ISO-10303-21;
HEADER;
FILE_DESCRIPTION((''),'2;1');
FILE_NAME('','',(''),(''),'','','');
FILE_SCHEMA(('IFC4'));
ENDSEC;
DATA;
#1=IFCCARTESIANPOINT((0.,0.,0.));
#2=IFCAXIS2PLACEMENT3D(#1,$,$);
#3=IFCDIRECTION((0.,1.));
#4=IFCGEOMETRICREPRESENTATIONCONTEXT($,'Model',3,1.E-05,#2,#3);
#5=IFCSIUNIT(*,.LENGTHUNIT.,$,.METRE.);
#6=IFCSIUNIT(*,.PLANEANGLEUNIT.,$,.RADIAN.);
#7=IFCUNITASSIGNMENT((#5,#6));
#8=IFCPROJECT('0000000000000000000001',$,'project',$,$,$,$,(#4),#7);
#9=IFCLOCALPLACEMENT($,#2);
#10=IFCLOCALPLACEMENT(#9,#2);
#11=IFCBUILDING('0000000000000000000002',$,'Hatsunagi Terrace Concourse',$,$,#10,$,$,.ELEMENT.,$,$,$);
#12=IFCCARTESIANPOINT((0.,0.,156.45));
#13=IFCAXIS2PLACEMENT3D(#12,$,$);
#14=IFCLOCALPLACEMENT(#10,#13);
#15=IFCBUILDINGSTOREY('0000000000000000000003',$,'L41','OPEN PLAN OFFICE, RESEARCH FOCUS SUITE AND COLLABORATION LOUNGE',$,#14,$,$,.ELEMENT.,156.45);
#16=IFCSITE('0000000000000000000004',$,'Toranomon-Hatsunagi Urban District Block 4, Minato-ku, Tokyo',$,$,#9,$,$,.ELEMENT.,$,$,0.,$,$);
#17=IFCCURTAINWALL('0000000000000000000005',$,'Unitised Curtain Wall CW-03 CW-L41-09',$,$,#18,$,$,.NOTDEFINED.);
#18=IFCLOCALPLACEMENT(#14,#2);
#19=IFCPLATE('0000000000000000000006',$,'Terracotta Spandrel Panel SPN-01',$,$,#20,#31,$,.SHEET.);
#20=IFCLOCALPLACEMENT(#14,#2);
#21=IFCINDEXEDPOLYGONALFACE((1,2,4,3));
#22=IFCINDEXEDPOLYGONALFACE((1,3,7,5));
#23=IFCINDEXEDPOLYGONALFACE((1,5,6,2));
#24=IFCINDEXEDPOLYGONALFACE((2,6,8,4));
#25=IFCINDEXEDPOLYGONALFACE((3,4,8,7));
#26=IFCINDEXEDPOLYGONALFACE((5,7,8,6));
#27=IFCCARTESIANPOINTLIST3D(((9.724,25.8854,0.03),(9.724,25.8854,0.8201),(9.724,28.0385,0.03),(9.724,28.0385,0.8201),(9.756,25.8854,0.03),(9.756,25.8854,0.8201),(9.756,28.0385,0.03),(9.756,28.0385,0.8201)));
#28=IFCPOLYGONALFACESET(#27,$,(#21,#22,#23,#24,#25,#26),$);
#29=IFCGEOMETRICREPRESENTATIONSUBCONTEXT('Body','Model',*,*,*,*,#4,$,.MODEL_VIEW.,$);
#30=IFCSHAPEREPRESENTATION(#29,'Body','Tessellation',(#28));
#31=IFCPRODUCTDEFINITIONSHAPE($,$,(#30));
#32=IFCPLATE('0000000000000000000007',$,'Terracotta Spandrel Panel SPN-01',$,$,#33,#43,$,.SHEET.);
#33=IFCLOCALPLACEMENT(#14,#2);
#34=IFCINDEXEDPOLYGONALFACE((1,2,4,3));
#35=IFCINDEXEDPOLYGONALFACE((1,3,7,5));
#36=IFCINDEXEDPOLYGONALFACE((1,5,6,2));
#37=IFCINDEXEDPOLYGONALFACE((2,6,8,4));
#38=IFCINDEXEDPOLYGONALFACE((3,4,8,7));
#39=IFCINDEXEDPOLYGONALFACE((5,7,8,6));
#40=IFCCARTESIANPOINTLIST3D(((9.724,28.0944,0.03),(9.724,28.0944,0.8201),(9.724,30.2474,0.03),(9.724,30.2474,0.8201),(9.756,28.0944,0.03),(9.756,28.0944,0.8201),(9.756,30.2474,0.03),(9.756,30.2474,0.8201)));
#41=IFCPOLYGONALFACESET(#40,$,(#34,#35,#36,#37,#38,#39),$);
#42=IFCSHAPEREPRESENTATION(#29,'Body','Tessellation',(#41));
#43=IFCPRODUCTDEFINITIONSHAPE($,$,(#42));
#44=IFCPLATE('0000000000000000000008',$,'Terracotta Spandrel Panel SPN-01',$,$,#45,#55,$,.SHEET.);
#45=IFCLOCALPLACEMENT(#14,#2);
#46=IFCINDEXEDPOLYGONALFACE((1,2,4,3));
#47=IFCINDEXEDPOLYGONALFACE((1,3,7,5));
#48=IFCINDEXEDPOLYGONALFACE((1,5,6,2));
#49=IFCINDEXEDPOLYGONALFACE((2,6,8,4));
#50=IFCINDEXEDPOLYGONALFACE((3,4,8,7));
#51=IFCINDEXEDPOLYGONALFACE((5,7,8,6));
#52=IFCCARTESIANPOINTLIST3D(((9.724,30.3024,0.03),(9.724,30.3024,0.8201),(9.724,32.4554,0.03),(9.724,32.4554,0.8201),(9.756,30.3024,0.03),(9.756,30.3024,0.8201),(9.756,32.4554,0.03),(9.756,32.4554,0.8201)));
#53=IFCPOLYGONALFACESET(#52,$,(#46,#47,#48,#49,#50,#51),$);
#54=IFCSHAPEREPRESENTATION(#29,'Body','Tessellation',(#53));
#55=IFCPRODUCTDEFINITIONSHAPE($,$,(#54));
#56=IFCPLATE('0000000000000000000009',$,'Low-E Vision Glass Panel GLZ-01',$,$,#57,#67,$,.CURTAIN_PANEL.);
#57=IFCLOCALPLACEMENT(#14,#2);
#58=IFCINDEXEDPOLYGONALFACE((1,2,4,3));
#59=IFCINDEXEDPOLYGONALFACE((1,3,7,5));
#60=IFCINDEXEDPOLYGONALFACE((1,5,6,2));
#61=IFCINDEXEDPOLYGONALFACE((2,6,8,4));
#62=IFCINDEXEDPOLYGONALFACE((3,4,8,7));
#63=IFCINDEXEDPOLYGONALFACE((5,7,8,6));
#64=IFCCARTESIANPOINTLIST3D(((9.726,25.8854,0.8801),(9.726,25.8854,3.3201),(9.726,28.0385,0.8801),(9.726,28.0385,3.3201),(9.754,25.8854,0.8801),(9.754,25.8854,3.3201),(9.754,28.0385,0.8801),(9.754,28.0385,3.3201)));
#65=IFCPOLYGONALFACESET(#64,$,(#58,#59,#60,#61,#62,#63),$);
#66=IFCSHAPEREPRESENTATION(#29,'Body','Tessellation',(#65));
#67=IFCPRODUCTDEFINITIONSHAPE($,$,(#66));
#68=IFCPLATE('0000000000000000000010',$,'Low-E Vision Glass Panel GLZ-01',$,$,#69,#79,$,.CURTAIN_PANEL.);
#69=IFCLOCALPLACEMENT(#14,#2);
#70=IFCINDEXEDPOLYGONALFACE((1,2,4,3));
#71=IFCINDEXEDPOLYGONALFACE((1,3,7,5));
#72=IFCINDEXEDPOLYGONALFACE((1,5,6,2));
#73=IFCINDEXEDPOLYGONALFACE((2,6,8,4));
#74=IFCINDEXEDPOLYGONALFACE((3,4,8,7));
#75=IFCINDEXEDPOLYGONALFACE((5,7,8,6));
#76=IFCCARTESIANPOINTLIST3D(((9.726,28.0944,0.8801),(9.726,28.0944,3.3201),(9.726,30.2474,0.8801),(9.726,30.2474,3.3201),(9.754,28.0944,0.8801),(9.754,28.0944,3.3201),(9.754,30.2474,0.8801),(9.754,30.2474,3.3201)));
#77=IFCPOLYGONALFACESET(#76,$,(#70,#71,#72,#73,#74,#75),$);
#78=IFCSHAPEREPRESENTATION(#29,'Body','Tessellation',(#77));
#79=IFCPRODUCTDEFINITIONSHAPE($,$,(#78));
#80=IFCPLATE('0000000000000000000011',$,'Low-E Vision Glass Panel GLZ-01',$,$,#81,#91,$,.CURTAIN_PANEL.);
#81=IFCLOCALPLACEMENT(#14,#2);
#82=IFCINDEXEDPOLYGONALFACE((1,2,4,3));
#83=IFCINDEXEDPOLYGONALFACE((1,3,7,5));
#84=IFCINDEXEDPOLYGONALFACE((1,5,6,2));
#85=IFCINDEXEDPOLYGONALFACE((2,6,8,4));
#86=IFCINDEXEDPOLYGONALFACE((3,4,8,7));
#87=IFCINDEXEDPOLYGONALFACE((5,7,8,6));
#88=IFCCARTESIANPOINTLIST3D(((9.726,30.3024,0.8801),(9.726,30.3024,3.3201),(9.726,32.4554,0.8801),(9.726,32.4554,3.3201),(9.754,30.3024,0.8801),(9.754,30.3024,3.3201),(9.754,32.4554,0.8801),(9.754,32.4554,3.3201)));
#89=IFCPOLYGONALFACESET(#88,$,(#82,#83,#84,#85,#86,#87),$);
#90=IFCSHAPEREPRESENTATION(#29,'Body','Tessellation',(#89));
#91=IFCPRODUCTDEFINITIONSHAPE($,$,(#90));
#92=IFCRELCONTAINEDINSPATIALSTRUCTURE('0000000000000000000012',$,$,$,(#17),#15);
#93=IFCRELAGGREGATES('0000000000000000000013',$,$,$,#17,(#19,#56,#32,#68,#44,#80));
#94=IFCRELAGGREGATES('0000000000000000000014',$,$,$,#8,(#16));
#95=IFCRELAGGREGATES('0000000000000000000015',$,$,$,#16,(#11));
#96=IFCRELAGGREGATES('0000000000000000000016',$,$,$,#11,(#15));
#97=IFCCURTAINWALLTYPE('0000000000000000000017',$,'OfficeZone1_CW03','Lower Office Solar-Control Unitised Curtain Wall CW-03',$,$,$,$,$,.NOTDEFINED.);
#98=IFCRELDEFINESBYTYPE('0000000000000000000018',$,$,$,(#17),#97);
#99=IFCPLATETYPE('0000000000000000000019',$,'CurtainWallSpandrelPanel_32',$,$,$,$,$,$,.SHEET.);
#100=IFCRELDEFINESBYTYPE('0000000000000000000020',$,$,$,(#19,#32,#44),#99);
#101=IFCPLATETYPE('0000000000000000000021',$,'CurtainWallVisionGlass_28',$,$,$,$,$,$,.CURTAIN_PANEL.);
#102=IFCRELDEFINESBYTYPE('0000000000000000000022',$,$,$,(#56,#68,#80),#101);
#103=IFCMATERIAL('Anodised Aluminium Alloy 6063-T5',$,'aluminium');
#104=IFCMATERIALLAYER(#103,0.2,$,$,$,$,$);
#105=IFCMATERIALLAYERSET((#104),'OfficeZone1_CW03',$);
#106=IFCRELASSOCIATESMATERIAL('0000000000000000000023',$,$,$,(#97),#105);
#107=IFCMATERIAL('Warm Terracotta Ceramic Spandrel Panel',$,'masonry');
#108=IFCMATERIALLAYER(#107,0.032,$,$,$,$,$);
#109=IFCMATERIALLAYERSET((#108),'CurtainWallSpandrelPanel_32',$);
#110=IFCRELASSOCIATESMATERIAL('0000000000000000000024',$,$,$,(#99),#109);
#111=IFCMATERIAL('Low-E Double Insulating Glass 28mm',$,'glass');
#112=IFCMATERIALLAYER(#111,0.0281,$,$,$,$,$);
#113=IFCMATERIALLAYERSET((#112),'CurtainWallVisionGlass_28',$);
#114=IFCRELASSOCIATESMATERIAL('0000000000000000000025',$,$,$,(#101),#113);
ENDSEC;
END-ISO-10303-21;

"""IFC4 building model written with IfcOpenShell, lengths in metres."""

from ifc_helpers import new_model, si_unit, direction, frame, origin, origin_2d, place, context, subcontext, project, spatial, rectangle, extrude, material, layer, layer_set, type_object, element, aggregate, save


model = new_model("IFC4")

# Units and contexts
model_context = context("Model", 3, precision=1e-05, world=origin(), true_north=direction((0.0, 1.0)))
body_context = subcontext(model_context, "Body", "Model", "MODEL_VIEW")
ifc_project = project(units=[si_unit("LENGTHUNIT", "METRE"), si_unit("PLANEANGLEUNIT", "RADIAN")], contexts=[model_context])

# Site, building, storey
site_placement = place(None, origin())
site = spatial("IfcSite", under=ifc_project, at=site_placement, Name="Toranomon-Hatsunagi Urban District Block 4, Minato-ku, Tokyo", CompositionType="ELEMENT", RefElevation=0.0)
building_placement = place(site_placement, origin())
building = spatial("IfcBuilding", under=site, at=building_placement, Name="Hatsunagi Terrace Concourse", CompositionType="ELEMENT")
storey_placement = place(building_placement, frame((0.0, 0.0, 156.45)))
storey = spatial("IfcBuildingStorey", under=building, at=storey_placement, Name="L41", Description="OPEN PLAN OFFICE, RESEARCH FOCUS SUITE AND COLLABORATION LOUNGE", CompositionType="ELEMENT", Elevation=156.45)

# Curtain wall
ifc_material_1 = material(Name="Anodised Aluminium Alloy 6063-T5", Category="aluminium")
ifc_layer_1 = layer(ifc_material_1, 0.2)
ifc_layer_set_1 = layer_set([ifc_layer_1], Name="OfficeZone1_CW03")
curtain_wall_type = type_object("IfcCurtainWallType", Name="OfficeZone1_CW03", Description="Lower Office Solar-Control Unitised Curtain Wall CW-03", PredefinedType="NOTDEFINED", material=ifc_layer_set_1)
curtain_wall_placement = place(storey_placement, origin())
curtain_wall = element("IfcCurtainWall", 1, at=curtain_wall_placement, inside=storey, type_object=curtain_wall_type, Name="Unitised Curtain Wall CW-03 CW-L41-09", PredefinedType="NOTDEFINED")

# Plates
ifc_material_2 = material(Name="Warm Terracotta Ceramic Spandrel Panel", Category="masonry")
ifc_layer_2 = layer(ifc_material_2, 0.032)
ifc_layer_set_2 = layer_set([ifc_layer_2], Name="CurtainWallSpandrelPanel_32")
plate_type_1 = type_object("IfcPlateType", Name="CurtainWallSpandrelPanel_32", PredefinedType="SHEET", material=ifc_layer_set_2)
plate_1_placement = place(storey_placement, frame((9.74, 26.9619, 0.03), z_axis=(0.0, 0.0, 1.0), x_axis=(0.0, 1.0, 0.0)))
plate_1 = element("IfcPlate", 2, at=plate_1_placement, type_object=plate_type_1, Name="Terracotta Spandrel Panel SPN-01", PredefinedType="SHEET", context=body_context, shape_type="SweptSolid", body=[
    extrude(rectangle(XDim=2.1531, YDim=0.032, at=origin_2d()), origin(), (0.0, 0.0, 1.0), 0.79),
])
plate_2_placement = place(storey_placement, frame((9.74, 29.1709, 0.03), z_axis=(0.0, 0.0, 1.0), x_axis=(0.0, 1.0, 0.0)))
plate_2 = element("IfcPlate", 3, at=plate_2_placement, type_object=plate_type_1, Name="Terracotta Spandrel Panel SPN-01", PredefinedType="SHEET", context=body_context, shape_type="SweptSolid", body=[
    extrude(rectangle(XDim=2.1531, YDim=0.032, at=origin_2d()), origin(), (0.0, 0.0, 1.0), 0.79),
])
plate_3_placement = place(storey_placement, frame((9.74, 31.3789, 0.03), z_axis=(0.0, 0.0, 1.0), x_axis=(0.0, 1.0, 0.0)))
plate_3 = element("IfcPlate", 4, at=plate_3_placement, type_object=plate_type_1, Name="Terracotta Spandrel Panel SPN-01", PredefinedType="SHEET", context=body_context, shape_type="SweptSolid", body=[
    extrude(rectangle(XDim=2.1531, YDim=0.032, at=origin_2d()), origin(), (0.0, 0.0, 1.0), 0.79),
])
ifc_material_3 = material(Name="Low-E Double Insulating Glass 28mm", Category="glass")
ifc_layer_3 = layer(ifc_material_3, 0.0281)
ifc_layer_set_3 = layer_set([ifc_layer_3], Name="CurtainWallVisionGlass_28")
plate_type_2 = type_object("IfcPlateType", Name="CurtainWallVisionGlass_28", PredefinedType="CURTAIN_PANEL", material=ifc_layer_set_3)
plate_4_placement = place(storey_placement, frame((9.74, 26.9619, 0.8801), z_axis=(0.0, 0.0, 1.0), x_axis=(0.0, 1.0, 0.0)))
plate_4 = element("IfcPlate", 5, at=plate_4_placement, type_object=plate_type_2, Name="Low-E Vision Glass Panel GLZ-01", PredefinedType="CURTAIN_PANEL", context=body_context, shape_type="SweptSolid", body=[
    extrude(rectangle(XDim=2.1531, YDim=0.0281, at=origin_2d()), origin(), (0.0, 0.0, 1.0), 2.4399),
])
plate_5_placement = place(storey_placement, frame((9.74, 29.1709, 0.8801), z_axis=(0.0, 0.0, 1.0), x_axis=(0.0, 1.0, 0.0)))
plate_5 = element("IfcPlate", 6, at=plate_5_placement, type_object=plate_type_2, Name="Low-E Vision Glass Panel GLZ-01", PredefinedType="CURTAIN_PANEL", context=body_context, shape_type="SweptSolid", body=[
    extrude(rectangle(XDim=2.1531, YDim=0.0281, at=origin_2d()), origin(), (0.0, 0.0, 1.0), 2.4399),
])
plate_6_placement = place(storey_placement, frame((9.74, 31.3789, 0.8801), z_axis=(0.0, 0.0, 1.0), x_axis=(0.0, 1.0, 0.0)))
plate_6 = element("IfcPlate", 7, at=plate_6_placement, type_object=plate_type_2, Name="Low-E Vision Glass Panel GLZ-01", PredefinedType="CURTAIN_PANEL", context=body_context, shape_type="SweptSolid", body=[
    extrude(rectangle(XDim=2.1531, YDim=0.0281, at=origin_2d()), origin(), (0.0, 0.0, 1.0), 2.4399),
])
aggregate(curtain_wall, [plate_1, plate_4, plate_2, plate_5, plate_3, plate_6])

save(model, "model.ifc")
